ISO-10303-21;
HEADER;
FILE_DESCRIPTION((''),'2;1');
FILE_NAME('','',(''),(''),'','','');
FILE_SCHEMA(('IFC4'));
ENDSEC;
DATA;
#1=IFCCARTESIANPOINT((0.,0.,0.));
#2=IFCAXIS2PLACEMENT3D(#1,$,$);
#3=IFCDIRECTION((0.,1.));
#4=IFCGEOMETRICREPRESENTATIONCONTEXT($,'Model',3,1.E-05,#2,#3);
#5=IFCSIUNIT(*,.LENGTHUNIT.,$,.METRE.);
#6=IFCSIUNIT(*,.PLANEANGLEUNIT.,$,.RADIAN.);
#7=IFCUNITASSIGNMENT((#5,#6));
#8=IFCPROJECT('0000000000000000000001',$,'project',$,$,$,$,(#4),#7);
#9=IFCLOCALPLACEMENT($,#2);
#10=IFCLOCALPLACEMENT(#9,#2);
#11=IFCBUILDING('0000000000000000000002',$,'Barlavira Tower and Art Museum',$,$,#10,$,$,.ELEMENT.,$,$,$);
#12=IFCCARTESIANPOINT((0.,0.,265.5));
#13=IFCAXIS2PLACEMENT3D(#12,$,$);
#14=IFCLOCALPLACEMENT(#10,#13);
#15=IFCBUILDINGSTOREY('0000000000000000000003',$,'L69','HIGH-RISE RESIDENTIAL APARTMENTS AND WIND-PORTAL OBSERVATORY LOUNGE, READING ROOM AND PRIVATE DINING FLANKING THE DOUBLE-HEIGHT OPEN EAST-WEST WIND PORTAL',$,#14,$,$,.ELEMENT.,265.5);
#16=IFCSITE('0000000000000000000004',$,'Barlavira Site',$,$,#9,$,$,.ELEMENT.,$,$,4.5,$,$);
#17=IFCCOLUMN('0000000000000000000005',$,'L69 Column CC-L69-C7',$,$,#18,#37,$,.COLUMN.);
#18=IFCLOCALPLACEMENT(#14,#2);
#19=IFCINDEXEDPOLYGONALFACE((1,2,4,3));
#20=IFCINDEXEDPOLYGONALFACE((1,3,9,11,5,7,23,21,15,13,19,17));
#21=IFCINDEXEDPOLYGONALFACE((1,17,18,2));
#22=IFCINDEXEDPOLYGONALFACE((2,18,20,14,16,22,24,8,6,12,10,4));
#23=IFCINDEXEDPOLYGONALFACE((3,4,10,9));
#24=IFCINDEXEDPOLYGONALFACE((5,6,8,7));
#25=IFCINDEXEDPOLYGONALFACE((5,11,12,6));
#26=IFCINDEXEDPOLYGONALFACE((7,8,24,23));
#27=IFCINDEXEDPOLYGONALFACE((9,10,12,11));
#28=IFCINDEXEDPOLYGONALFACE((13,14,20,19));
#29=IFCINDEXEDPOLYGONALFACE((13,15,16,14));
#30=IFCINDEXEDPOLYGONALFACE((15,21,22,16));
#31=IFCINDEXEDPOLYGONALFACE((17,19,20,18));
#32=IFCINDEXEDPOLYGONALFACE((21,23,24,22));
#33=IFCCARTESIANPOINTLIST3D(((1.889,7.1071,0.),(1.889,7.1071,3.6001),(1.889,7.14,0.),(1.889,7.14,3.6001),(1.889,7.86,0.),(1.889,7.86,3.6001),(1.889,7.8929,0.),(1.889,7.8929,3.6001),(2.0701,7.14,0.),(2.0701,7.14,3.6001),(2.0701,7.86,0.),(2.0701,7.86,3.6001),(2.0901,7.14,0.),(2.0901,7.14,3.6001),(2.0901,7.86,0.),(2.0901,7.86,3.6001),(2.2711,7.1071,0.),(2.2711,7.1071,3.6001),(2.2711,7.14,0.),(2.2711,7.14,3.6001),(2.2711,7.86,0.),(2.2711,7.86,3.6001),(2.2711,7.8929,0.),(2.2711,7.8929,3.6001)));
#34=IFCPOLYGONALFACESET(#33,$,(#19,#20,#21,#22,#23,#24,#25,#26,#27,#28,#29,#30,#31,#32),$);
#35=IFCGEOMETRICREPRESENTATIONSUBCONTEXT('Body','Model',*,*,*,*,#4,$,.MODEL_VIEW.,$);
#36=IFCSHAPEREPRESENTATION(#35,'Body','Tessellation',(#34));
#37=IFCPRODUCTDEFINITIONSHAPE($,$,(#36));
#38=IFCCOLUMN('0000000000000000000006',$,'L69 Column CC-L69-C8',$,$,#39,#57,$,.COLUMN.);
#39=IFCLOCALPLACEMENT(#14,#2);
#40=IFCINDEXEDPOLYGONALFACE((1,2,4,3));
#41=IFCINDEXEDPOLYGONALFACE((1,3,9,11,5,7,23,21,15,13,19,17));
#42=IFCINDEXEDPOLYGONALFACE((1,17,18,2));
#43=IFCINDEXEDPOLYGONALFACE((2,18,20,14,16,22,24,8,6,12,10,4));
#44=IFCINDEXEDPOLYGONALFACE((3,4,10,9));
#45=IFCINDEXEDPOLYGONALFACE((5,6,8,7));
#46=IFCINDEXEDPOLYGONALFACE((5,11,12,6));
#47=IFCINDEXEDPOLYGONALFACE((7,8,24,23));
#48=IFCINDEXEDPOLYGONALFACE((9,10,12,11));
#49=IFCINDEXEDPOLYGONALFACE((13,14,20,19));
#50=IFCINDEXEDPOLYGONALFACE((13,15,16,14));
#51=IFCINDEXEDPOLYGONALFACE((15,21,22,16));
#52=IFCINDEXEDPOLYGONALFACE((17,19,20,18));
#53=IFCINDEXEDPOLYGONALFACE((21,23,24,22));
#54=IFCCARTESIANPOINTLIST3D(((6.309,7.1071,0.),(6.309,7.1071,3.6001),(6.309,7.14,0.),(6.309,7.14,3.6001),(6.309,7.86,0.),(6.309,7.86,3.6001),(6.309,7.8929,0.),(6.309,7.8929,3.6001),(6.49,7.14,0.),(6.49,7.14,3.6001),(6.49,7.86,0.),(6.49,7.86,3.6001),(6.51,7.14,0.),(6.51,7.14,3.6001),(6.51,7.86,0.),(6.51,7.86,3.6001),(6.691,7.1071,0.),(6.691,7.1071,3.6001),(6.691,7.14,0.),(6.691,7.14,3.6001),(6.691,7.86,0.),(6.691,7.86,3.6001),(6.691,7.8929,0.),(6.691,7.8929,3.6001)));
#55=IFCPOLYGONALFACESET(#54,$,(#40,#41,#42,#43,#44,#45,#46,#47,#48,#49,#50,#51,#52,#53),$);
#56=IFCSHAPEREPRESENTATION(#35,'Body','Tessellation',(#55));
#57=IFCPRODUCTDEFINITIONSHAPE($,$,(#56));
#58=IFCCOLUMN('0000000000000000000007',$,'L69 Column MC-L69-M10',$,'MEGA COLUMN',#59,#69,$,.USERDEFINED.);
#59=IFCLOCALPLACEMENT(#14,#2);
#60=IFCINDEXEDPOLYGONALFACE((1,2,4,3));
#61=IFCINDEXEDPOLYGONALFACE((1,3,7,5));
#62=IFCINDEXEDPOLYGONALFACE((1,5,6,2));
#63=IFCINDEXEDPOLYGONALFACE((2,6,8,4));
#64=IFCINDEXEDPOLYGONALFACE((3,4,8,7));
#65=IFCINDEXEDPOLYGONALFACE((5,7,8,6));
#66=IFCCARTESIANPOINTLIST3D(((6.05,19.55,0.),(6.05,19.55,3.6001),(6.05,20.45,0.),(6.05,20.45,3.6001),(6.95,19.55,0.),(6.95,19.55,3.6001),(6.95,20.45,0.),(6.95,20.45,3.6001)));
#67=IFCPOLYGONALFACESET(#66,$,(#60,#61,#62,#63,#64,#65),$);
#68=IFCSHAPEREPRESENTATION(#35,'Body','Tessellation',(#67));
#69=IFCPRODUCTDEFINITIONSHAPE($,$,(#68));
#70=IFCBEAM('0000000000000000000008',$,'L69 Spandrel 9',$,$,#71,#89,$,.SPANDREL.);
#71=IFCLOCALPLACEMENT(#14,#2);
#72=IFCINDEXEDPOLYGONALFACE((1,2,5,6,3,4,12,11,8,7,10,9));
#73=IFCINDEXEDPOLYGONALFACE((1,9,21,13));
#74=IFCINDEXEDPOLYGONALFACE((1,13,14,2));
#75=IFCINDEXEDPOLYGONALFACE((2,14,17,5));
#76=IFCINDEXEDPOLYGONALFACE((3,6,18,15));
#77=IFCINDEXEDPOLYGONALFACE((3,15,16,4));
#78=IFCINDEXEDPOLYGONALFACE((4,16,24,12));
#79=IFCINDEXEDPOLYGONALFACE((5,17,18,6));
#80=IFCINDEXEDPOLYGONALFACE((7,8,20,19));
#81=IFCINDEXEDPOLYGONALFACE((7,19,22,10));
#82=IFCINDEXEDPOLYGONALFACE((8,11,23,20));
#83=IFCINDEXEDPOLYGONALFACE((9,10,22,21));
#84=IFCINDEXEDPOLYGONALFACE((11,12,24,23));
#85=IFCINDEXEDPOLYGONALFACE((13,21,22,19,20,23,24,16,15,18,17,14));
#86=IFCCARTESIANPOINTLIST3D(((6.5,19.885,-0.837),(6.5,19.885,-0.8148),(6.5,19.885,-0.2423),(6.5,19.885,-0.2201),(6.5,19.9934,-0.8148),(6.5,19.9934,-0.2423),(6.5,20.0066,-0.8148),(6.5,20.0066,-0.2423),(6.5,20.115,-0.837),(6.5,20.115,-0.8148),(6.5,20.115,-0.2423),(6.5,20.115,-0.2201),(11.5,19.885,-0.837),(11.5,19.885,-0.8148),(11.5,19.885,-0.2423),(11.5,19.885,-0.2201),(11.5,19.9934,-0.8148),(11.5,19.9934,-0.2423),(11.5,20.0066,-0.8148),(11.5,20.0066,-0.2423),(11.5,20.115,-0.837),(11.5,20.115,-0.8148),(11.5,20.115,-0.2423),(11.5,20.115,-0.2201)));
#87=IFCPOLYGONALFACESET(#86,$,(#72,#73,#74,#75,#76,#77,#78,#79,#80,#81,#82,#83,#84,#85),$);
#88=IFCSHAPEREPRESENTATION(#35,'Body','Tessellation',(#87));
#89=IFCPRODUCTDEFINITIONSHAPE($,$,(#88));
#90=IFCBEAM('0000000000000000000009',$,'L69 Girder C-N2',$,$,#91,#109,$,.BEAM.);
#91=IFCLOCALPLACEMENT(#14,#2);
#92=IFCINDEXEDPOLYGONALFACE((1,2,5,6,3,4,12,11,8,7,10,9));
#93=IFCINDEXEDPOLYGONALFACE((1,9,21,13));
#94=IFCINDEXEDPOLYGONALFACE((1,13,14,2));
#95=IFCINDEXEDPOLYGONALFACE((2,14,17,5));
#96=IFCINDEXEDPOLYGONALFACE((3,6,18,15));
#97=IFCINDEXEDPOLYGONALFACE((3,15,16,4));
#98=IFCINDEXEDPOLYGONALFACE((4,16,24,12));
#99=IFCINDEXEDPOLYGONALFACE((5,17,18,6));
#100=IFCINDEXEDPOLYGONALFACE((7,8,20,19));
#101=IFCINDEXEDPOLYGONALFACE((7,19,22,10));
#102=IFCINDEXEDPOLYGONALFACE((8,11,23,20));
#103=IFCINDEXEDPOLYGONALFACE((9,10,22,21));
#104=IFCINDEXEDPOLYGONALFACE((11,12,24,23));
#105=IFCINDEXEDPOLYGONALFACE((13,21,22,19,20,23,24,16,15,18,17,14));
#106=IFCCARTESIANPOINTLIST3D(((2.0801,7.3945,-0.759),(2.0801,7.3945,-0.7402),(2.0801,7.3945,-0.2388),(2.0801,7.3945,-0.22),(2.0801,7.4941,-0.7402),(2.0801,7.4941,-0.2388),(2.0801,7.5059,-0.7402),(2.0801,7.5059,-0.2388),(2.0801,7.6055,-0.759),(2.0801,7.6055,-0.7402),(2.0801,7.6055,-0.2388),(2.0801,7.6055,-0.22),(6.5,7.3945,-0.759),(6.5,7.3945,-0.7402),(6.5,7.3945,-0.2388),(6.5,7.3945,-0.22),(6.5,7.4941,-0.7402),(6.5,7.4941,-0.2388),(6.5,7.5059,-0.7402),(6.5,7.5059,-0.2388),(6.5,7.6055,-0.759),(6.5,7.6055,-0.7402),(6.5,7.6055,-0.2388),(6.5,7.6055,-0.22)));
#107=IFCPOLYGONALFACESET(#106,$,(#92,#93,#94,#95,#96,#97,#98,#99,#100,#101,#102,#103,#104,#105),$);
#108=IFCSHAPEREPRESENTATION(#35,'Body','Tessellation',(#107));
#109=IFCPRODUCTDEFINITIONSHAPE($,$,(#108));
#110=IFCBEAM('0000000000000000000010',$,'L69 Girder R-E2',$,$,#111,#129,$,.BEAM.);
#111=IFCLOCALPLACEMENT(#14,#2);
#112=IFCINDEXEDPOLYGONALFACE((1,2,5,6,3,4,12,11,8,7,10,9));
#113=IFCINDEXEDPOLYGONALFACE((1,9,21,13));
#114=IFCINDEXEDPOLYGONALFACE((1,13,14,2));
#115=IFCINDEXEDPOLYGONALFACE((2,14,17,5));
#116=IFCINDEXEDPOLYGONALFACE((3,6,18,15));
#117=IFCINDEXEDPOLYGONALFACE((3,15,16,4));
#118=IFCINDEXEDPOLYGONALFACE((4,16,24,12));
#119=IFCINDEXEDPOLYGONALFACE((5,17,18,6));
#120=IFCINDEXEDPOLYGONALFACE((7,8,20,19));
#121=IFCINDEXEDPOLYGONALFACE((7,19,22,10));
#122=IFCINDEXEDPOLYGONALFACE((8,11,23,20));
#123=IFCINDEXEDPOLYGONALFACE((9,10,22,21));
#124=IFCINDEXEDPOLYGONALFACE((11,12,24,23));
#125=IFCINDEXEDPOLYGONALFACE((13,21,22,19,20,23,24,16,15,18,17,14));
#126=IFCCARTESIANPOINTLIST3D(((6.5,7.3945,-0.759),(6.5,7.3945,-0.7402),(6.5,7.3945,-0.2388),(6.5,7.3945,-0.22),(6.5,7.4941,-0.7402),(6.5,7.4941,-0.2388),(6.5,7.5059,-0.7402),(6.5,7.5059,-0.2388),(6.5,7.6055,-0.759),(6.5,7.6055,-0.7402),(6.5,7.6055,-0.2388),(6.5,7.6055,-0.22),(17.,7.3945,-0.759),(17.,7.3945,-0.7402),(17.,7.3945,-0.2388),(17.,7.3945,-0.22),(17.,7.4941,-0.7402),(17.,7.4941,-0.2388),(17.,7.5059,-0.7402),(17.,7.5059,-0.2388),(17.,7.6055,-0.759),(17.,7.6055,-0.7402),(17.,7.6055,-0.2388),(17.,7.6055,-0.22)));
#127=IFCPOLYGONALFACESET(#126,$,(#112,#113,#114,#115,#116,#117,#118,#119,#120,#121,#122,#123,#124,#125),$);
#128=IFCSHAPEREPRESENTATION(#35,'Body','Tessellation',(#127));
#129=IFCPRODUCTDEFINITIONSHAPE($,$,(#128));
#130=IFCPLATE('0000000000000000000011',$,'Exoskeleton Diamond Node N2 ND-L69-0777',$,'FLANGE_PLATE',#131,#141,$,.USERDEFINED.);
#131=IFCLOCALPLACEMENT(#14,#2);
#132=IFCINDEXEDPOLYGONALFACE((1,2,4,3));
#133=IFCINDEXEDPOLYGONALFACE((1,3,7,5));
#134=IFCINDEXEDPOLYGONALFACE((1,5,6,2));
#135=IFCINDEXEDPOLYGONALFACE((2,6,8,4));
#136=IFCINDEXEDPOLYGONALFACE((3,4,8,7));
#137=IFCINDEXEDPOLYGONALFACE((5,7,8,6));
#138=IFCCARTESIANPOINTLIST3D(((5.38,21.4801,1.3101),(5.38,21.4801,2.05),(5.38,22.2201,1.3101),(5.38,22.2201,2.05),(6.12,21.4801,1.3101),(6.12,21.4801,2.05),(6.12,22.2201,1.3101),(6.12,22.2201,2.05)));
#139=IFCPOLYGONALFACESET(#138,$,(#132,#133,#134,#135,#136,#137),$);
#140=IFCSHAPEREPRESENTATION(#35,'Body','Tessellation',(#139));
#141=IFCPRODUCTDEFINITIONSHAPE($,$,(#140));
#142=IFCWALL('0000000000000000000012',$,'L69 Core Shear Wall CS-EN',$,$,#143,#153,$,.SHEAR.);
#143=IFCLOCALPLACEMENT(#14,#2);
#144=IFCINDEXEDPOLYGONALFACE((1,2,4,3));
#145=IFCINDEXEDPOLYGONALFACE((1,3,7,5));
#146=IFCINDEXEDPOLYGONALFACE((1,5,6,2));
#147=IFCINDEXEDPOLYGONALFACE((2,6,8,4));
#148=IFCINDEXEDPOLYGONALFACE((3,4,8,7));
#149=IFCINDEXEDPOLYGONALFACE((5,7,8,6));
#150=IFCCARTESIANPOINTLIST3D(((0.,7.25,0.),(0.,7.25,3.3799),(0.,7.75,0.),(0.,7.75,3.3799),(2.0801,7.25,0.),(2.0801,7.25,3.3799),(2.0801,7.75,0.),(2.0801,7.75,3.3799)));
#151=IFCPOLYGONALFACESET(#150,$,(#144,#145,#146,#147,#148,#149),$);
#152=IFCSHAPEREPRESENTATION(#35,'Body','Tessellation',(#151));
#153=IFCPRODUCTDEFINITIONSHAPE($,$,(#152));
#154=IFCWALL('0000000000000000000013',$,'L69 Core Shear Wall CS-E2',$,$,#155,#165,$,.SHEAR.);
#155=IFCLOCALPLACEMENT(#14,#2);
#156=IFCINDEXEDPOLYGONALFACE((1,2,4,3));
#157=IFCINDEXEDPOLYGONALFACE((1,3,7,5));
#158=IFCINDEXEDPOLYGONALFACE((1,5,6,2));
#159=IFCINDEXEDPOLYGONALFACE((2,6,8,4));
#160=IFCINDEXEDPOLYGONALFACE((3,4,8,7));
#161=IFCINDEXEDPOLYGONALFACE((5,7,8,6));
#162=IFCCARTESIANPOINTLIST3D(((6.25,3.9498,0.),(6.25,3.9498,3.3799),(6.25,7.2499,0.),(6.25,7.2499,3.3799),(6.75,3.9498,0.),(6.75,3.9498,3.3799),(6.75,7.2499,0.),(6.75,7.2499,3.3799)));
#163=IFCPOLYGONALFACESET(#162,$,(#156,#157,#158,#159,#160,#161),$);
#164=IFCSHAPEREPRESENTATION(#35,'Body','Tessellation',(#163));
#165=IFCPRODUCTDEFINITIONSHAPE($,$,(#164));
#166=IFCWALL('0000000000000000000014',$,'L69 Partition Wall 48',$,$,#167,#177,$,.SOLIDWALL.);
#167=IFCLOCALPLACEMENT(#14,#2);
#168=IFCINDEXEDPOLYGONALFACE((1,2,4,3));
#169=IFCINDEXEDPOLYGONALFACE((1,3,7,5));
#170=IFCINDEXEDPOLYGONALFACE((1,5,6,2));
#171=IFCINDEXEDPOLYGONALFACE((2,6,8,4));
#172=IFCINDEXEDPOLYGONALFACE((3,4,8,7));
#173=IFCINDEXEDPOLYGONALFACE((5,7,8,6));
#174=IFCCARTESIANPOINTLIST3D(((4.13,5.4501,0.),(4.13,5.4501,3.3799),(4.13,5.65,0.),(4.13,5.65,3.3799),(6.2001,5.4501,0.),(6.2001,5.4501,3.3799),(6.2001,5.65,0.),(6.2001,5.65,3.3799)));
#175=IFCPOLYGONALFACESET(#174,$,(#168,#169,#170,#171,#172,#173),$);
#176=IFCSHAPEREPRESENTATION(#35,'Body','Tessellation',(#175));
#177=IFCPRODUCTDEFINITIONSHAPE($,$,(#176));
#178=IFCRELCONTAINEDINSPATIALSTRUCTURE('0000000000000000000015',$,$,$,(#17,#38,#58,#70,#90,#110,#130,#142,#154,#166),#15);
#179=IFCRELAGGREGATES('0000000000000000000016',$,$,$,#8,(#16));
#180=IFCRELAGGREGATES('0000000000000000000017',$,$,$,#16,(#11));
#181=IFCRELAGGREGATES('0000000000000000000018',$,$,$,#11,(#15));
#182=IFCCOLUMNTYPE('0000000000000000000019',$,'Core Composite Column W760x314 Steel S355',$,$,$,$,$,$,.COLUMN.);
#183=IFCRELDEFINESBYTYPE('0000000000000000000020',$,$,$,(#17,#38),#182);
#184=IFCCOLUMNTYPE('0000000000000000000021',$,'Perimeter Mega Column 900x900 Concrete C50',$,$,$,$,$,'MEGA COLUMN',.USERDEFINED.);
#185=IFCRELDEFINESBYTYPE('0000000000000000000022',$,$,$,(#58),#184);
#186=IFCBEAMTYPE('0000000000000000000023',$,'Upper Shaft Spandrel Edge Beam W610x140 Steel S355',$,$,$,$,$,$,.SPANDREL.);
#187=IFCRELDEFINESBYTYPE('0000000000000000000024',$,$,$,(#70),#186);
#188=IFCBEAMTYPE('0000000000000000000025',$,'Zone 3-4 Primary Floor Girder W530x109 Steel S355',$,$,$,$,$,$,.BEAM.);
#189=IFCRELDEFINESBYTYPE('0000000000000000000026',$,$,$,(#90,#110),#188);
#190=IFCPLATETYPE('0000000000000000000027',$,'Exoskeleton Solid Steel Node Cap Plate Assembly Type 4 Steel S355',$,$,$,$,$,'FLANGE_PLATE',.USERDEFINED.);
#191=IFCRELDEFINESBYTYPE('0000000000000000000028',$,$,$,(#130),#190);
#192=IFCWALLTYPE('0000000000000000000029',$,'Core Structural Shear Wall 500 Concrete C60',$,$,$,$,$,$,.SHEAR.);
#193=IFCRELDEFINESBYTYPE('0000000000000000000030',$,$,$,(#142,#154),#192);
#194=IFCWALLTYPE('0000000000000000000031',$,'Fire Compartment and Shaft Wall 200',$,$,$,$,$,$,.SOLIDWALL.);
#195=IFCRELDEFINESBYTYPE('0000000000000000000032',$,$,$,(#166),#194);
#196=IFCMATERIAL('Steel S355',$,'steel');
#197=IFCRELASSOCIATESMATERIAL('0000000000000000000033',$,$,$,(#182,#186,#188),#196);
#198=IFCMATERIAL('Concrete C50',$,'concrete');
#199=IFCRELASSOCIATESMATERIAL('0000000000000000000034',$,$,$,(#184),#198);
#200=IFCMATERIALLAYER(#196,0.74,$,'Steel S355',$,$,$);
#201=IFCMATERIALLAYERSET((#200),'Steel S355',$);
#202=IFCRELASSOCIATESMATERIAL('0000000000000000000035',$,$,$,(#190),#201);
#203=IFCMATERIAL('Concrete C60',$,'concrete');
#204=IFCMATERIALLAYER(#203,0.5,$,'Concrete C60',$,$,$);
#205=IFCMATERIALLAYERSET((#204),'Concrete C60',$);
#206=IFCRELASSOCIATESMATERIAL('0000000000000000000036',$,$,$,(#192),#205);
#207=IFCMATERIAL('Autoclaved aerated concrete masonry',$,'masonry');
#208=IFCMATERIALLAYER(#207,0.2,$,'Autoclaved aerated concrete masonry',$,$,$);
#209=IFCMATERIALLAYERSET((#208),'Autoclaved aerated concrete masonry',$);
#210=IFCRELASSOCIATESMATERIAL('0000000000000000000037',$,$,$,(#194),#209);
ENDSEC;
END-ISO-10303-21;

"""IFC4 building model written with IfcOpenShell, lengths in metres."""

from ifc_helpers import new_model, si_unit, direction, frame, frame_2d, origin, origin_2d, place, context, subcontext, project, spatial, rectangle, i_section, extrude, material, layer, layer_set, material_profile, profile_set, type_object, element, save


model = new_model("IFC4")

# Units and contexts
model_context = context("Model", 3, precision=1e-05, world=origin(), true_north=direction((0.0, 1.0)))
body_context = subcontext(model_context, "Body", "Model", "MODEL_VIEW")
ifc_project = project(units=[si_unit("LENGTHUNIT", "METRE"), si_unit("PLANEANGLEUNIT", "RADIAN")], contexts=[model_context])

# Site, building, storey
site_placement = place(None, origin())
site = spatial("IfcSite", under=ifc_project, at=site_placement, Name="Barlavira Site", CompositionType="ELEMENT", RefElevation=4.5)
building_placement = place(site_placement, origin())
building = spatial("IfcBuilding", under=site, at=building_placement, Name="Barlavira Tower and Art Museum", CompositionType="ELEMENT")
storey_placement = place(building_placement, frame((0.0, 0.0, 265.5)))
storey = spatial("IfcBuildingStorey", under=building, at=storey_placement, Name="L69", Description="HIGH-RISE RESIDENTIAL APARTMENTS AND WIND-PORTAL OBSERVATORY LOUNGE, READING ROOM AND PRIVATE DINING FLANKING THE DOUBLE-HEIGHT OPEN EAST-WEST WIND PORTAL", CompositionType="ELEMENT", Elevation=265.5)

# Columns
ifc_material_1 = material(Name="Steel S355", Category="steel")
ifc_material_profile_1 = material_profile(ifc_material_1, i_section(OverallWidth=0.3821, OverallDepth=0.7859, WebThickness=0.02, FlangeThickness=0.033, at=origin_2d()), Name="W760x314.0")
ifc_profile_set_1 = profile_set([ifc_material_profile_1], Name="Steel S355")
column_type_1 = type_object("IfcColumnType", Name="Core Composite Column W760x314 Steel S355", PredefinedType="COLUMN", material=ifc_profile_set_1)
for number, where, z_axis, x_axis, name in (
    (1, (2.0801, 7.5, 0.0), (0.0, 0.0, 1.0), (1.0, 0.0, 0.0), "L69 Column CC-L69-C7"),
    (2, (6.5, 7.5, 0.0), (0.0, 0.0, 1.0), (1.0, 0.0, 0.0), "L69 Column CC-L69-C8"),
):
    element("IfcColumn", number, at=place(storey_placement, frame(where, z_axis=z_axis, x_axis=x_axis)), inside=storey, type_object=column_type_1, Name=name, PredefinedType="COLUMN", context=body_context, shape_type="SweptSolid", body=[
        extrude(i_section(OverallWidth=0.3821, OverallDepth=0.7859, WebThickness=0.02, FlangeThickness=0.033, at=origin_2d()), origin(), (0.0, 0.0, 1.0), 3.6001),
    ])
ifc_material_2 = material(Name="Concrete C50", Category="concrete")
ifc_material_profile_2 = material_profile(ifc_material_2, rectangle(XDim=0.8999, YDim=0.8999, at=origin_2d()), Name="RC-COL 900x900")
ifc_profile_set_2 = profile_set([ifc_material_profile_2], Name="Concrete C50")
column_type_2 = type_object("IfcColumnType", Name="Perimeter Mega Column 900x900 Concrete C50", ElementType="MEGA COLUMN", PredefinedType="USERDEFINED", material=ifc_profile_set_2)
column_placement = place(storey_placement, frame((6.5, 20.0, 0.0), z_axis=(0.0, 0.0, 1.0), x_axis=(1.0, 0.0, 0.0)))
element("IfcColumn", 3, at=column_placement, inside=storey, type_object=column_type_2, Name="L69 Column MC-L69-M10", ObjectType="MEGA COLUMN", PredefinedType="USERDEFINED", context=body_context, shape_type="SweptSolid", body=[
    extrude(rectangle(XDim=0.8999, YDim=0.8999, at=origin_2d()), origin(), (0.0, 0.0, 1.0), 3.6001),
])

# Beams
ifc_material_profile_3 = material_profile(ifc_material_1, i_section(OverallWidth=0.23, OverallDepth=0.6169, WebThickness=0.0132, FlangeThickness=0.0222, at=origin_2d()), Name="W610x140.0")
ifc_profile_set_3 = profile_set([ifc_material_profile_3], Name="Steel S355")
beam_type_1 = type_object("IfcBeamType", Name="Upper Shaft Spandrel Edge Beam W610x140 Steel S355", PredefinedType="SPANDREL", material=ifc_profile_set_3)
beam_1_placement = place(storey_placement, frame((6.5, 20.0, -0.5286), z_axis=(1.0, 0.0, 0.0), x_axis=(0.0, 1.0, 0.0)))
element("IfcBeam", 4, at=beam_1_placement, inside=storey, type_object=beam_type_1, Name="L69 Spandrel 9", PredefinedType="SPANDREL", context=body_context, shape_type="SweptSolid", body=[
    extrude(i_section(OverallWidth=0.23, OverallDepth=0.6169, WebThickness=0.0132, FlangeThickness=0.0222, at=origin_2d()), origin(), (0.0, 0.0, 1.0), 5.0),
])
ifc_material_profile_4 = material_profile(ifc_material_1, i_section(OverallWidth=0.2109, OverallDepth=0.5391, WebThickness=0.0117, FlangeThickness=0.0188, at=origin_2d()), Name="W530x109.0")
ifc_profile_set_4 = profile_set([ifc_material_profile_4], Name="Steel S355")
beam_type_2 = type_object("IfcBeamType", Name="Zone 3-4 Primary Floor Girder W530x109 Steel S355", PredefinedType="BEAM", material=ifc_profile_set_4)
beam_2_placement = place(storey_placement, frame((2.0801, 7.5, -0.4895), z_axis=(1.0, 0.0, 0.0), x_axis=(0.0, 1.0, 0.0)))
element("IfcBeam", 5, at=beam_2_placement, inside=storey, type_object=beam_type_2, Name="L69 Girder C-N2", PredefinedType="BEAM", context=body_context, shape_type="SweptSolid", body=[
    extrude(i_section(OverallWidth=0.2109, OverallDepth=0.5391, WebThickness=0.0117, FlangeThickness=0.0188, at=origin_2d()), origin(), (0.0, 0.0, 1.0), 4.4199),
])
beam_3_placement = place(storey_placement, frame((6.5, 7.5, -0.4895), z_axis=(1.0, 0.0, 0.0), x_axis=(0.0, 1.0, 0.0)))
element("IfcBeam", 6, at=beam_3_placement, inside=storey, type_object=beam_type_2, Name="L69 Girder R-E2", PredefinedType="BEAM", context=body_context, shape_type="SweptSolid", body=[
    extrude(i_section(OverallWidth=0.2109, OverallDepth=0.5391, WebThickness=0.0117, FlangeThickness=0.0188, at=origin_2d()), origin(), (0.0, 0.0, 1.0), 10.5),
])

# Plate
ifc_layer_1 = layer(ifc_material_1, 0.74, Name="Steel S355")
ifc_layer_set_1 = layer_set([ifc_layer_1], Name="Steel S355")
plate_type = type_object("IfcPlateType", Name="Exoskeleton Solid Steel Node Cap Plate Assembly Type 4 Steel S355", ElementType="FLANGE_PLATE", PredefinedType="USERDEFINED", material=ifc_layer_set_1)
plate_placement = place(storey_placement, frame((5.75, 21.8501, 1.3101), z_axis=(0.0, 0.0, 1.0), x_axis=(1.0, 0.0, 0.0)))
element("IfcPlate", 7, at=plate_placement, inside=storey, type_object=plate_type, Name="Exoskeleton Diamond Node N2 ND-L69-0777", ObjectType="FLANGE_PLATE", PredefinedType="USERDEFINED", context=body_context, shape_type="SweptSolid", body=[
    extrude(rectangle(XDim=0.74, YDim=0.74, at=origin_2d()), origin(), (0.0, 0.0, 1.0), 0.74),
])

# Walls
ifc_material_3 = material(Name="Concrete C60", Category="concrete")
ifc_layer_2 = layer(ifc_material_3, 0.5, Name="Concrete C60")
ifc_layer_set_2 = layer_set([ifc_layer_2], Name="Concrete C60")
wall_type_1 = type_object("IfcWallType", Name="Core Structural Shear Wall 500 Concrete C60", PredefinedType="SHEAR", material=ifc_layer_set_2)
wall_1_placement = place(storey_placement, frame((0.0, 7.5, 0.0), z_axis=(0.0, 0.0, 1.0), x_axis=(1.0, 0.0, 0.0)))
element("IfcWall", 8, at=wall_1_placement, inside=storey, type_object=wall_type_1, Name="L69 Core Shear Wall CS-EN", PredefinedType="SHEAR", context=body_context, shape_type="SweptSolid", body=[
    extrude(rectangle(XDim=2.0801, YDim=0.5, at=frame_2d((1.04, 0.0))), origin(), (0.0, 0.0, 1.0), 3.3799),
])
wall_2_placement = place(storey_placement, frame((6.5, 3.95, 0.0), z_axis=(0.0, 0.0, 1.0), x_axis=(0.0, 1.0, 0.0)))
element("IfcWall", 9, at=wall_2_placement, inside=storey, type_object=wall_type_1, Name="L69 Core Shear Wall CS-E2", PredefinedType="SHEAR", context=body_context, shape_type="SweptSolid", body=[
    extrude(rectangle(XDim=3.3, YDim=0.5, at=frame_2d((1.6499, 0.0))), origin(), (0.0, 0.0, 1.0), 3.3799),
])

# Shared definitions
ifc_material_4 = material(Name="Autoclaved aerated concrete masonry", Category="masonry")
ifc_layer_3 = layer(ifc_material_4, 0.2, Name="Autoclaved aerated concrete masonry")
ifc_layer_set_3 = layer_set([ifc_layer_3], Name="Autoclaved aerated concrete masonry")
wall_type_2 = type_object("IfcWallType", Name="Fire Compartment and Shaft Wall 200", PredefinedType="SOLIDWALL", material=ifc_layer_set_3)

# Wall
for number, where, z_axis, x_axis, name in (
    (10, (4.1299, 5.55, 0.0), (0.0, 0.0, 1.0), (1.0, 0.0, 0.0), "L69 Partition Wall 48"),
):
    element("IfcWall", number, at=place(storey_placement, frame(where, z_axis=z_axis, x_axis=x_axis)), inside=storey, type_object=wall_type_2, Name=name, PredefinedType="SOLIDWALL", context=body_context, shape_type="SweptSolid", body=[
        extrude(rectangle(XDim=2.0701, YDim=0.2, at=frame_2d((1.0352, 0.0))), origin(), (0.0, 0.0, 1.0), 3.3799),
    ])

save(model, "model.ifc")
